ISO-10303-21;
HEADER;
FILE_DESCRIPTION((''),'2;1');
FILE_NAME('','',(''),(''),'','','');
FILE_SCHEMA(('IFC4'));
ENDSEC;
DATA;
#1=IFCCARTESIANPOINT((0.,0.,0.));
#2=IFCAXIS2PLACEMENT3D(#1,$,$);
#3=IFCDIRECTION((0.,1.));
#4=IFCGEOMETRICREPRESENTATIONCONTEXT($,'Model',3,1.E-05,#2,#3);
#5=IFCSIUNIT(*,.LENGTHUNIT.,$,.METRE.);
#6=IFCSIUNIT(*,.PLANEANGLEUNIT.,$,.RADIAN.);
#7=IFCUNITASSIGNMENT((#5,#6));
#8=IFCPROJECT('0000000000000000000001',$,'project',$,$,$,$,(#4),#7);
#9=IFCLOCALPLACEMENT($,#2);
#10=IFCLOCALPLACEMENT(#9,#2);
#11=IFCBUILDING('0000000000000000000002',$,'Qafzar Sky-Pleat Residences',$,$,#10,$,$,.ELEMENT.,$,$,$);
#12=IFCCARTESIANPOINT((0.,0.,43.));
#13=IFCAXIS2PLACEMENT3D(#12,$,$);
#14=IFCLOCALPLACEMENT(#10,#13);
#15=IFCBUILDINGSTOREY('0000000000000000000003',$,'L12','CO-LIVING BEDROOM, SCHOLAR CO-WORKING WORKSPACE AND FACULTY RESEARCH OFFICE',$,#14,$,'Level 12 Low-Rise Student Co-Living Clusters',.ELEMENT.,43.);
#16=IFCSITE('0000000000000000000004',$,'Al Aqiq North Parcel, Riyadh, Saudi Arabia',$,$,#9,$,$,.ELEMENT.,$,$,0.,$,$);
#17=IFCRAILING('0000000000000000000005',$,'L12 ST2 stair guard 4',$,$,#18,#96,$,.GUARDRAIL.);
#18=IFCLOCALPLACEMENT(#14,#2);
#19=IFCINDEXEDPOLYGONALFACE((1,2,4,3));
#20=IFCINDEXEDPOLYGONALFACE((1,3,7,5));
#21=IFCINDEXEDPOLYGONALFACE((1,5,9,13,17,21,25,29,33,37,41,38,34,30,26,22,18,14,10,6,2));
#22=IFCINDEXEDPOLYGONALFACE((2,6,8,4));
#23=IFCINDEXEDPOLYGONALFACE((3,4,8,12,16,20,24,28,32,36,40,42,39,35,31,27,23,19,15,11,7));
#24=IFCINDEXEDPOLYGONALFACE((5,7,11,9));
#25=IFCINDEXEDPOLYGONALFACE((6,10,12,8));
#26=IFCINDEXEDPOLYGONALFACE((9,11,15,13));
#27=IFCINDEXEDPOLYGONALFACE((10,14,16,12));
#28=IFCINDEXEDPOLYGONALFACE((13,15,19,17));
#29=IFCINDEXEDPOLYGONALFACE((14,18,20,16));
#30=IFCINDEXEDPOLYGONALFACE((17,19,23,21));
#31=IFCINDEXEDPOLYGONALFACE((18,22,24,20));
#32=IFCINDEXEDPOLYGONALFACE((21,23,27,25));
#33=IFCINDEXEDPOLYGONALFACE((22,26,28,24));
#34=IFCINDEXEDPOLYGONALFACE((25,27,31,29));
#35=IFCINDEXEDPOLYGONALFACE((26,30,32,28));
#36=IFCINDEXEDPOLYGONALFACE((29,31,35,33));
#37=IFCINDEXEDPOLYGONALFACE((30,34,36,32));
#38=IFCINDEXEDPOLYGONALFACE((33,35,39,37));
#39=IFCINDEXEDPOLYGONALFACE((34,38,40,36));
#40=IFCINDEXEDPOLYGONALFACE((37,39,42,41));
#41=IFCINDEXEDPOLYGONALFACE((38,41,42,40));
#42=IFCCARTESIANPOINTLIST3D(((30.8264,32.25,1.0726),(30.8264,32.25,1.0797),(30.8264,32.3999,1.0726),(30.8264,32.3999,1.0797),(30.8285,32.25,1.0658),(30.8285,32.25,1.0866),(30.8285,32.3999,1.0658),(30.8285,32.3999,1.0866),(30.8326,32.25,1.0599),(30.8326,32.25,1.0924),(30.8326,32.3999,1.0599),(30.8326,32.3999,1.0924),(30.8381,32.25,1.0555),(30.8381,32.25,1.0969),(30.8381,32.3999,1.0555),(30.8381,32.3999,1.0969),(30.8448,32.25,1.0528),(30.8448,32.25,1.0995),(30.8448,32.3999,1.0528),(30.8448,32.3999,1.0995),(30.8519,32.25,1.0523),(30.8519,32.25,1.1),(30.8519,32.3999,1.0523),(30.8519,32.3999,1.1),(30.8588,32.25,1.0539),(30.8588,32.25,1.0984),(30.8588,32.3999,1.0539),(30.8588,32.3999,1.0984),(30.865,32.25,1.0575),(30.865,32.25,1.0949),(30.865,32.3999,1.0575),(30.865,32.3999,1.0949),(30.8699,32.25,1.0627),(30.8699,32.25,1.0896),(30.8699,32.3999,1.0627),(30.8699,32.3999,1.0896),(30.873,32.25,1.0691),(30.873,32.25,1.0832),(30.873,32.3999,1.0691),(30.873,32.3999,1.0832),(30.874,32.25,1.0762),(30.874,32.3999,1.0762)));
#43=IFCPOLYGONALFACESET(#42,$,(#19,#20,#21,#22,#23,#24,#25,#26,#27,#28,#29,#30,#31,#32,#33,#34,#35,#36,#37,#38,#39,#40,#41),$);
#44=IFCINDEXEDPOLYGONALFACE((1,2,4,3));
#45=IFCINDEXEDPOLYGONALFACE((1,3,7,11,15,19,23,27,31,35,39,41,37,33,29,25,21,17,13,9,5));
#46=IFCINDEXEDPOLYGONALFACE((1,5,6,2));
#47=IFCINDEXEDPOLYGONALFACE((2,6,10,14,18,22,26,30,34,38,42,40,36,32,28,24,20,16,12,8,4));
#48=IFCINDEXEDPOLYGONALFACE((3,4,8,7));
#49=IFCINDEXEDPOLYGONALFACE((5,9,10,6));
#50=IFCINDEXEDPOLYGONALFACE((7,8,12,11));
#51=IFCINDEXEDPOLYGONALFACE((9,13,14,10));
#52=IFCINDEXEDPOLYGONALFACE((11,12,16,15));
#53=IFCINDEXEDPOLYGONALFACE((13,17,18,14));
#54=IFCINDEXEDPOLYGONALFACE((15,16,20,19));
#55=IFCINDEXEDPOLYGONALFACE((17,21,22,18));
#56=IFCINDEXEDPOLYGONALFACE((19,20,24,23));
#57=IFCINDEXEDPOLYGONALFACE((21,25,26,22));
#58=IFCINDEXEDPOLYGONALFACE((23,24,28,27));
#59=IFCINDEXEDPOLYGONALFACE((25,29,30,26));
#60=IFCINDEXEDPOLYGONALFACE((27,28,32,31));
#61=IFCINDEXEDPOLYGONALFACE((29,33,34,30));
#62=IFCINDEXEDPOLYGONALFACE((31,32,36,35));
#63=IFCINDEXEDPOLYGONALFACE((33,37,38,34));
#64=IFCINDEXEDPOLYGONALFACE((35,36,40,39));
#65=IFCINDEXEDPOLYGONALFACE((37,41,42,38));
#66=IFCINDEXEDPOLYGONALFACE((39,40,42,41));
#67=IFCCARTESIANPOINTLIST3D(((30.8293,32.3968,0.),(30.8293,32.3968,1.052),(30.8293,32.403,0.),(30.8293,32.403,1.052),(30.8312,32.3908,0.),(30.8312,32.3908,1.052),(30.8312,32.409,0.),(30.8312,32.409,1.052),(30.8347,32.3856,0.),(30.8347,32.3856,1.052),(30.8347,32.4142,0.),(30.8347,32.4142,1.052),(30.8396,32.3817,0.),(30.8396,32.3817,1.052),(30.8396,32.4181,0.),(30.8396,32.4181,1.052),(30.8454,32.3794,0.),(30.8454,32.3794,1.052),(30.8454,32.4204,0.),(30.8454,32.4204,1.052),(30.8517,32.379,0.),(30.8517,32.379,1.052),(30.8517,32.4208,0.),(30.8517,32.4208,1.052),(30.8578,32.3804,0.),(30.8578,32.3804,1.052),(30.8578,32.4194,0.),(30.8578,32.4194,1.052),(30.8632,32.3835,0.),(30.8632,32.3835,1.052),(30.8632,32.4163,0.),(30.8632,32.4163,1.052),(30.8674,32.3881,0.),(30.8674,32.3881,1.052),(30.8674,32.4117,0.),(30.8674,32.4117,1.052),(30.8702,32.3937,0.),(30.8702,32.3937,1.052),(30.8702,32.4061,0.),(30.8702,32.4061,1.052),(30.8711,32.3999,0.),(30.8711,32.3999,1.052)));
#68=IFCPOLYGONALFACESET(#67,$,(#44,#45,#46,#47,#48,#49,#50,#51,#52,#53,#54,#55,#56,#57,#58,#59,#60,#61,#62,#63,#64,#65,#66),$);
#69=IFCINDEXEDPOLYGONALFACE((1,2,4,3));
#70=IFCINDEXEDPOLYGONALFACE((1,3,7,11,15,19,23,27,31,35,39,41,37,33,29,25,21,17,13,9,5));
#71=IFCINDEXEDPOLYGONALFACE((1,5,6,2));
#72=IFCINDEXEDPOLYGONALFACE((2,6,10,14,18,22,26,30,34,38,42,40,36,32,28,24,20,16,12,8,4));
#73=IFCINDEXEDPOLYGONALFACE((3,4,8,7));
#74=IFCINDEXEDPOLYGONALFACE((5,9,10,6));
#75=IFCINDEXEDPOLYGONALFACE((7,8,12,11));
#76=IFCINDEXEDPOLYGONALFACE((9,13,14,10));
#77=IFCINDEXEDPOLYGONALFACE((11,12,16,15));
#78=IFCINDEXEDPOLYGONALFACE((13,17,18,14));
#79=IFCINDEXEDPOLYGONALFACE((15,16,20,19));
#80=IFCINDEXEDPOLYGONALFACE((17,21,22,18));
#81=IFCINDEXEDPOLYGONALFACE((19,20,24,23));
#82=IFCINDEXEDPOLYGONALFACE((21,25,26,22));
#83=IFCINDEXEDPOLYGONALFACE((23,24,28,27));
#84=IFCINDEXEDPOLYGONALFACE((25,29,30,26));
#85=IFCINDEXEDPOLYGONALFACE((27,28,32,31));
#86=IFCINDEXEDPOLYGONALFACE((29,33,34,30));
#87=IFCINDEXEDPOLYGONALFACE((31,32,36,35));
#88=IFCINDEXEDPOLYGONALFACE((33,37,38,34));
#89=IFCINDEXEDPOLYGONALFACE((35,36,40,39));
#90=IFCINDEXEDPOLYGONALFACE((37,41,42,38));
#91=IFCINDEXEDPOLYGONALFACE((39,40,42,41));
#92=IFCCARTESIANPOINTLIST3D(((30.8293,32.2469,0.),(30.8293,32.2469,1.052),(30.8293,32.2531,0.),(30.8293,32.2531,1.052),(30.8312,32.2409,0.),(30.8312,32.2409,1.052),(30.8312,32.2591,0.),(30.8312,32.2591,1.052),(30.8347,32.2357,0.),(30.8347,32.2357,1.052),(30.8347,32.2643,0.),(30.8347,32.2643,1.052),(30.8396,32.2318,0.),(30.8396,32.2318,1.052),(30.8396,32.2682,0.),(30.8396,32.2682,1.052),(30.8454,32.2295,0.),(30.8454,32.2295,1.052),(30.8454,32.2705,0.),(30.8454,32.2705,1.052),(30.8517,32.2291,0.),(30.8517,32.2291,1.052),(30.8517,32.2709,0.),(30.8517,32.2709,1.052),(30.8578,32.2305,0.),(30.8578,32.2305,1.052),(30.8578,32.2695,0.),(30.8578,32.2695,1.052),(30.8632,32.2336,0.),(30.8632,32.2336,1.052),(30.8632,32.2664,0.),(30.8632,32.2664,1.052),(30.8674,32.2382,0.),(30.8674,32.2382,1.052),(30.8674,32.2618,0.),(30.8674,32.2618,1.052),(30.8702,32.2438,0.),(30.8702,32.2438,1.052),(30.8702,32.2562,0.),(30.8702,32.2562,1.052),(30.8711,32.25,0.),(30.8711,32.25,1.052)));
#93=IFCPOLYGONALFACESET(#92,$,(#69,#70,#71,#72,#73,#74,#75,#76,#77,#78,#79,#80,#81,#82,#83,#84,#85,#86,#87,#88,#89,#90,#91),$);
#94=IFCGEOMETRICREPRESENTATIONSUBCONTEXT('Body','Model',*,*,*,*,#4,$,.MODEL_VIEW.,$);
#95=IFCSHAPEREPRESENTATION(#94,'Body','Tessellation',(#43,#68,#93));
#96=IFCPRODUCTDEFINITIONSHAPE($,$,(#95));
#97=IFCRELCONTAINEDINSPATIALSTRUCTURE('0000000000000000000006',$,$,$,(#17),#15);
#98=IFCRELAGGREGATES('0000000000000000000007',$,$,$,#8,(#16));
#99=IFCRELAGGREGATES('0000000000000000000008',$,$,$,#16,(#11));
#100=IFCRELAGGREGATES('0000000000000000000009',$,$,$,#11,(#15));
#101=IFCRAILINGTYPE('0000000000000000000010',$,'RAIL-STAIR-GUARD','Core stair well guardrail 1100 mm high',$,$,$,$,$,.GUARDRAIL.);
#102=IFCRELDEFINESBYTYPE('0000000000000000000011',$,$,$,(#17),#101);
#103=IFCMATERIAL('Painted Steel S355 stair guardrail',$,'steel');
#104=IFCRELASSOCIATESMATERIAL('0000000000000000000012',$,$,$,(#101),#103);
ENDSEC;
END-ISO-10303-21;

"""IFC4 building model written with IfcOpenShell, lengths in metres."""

from ifc_helpers import new_model, si_unit, direction, frame, origin, origin_2d, place, context, subcontext, project, spatial, circle, extrude, source, transform, mapped, material, type_object, element, save


model = new_model("IFC4")

# Units and contexts
model_context = context("Model", 3, precision=1e-05, world=origin(), true_north=direction((0.0, 1.0)))
body_context = subcontext(model_context, "Body", "Model", "MODEL_VIEW")
ifc_project = project(units=[si_unit("LENGTHUNIT", "METRE"), si_unit("PLANEANGLEUNIT", "RADIAN")], contexts=[model_context])

# Site, building, storey
site_placement = place(None, origin())
site = spatial("IfcSite", under=ifc_project, at=site_placement, Name="Al Aqiq North Parcel, Riyadh, Saudi Arabia", CompositionType="ELEMENT", RefElevation=0.0)
building_placement = place(site_placement, origin())
building = spatial("IfcBuilding", under=site, at=building_placement, Name="Qafzar Sky-Pleat Residences", CompositionType="ELEMENT")
storey_placement = place(building_placement, frame((0.0, 0.0, 43.0)))
storey = spatial("IfcBuildingStorey", under=building, at=storey_placement, Name="L12", Description="CO-LIVING BEDROOM, SCHOLAR CO-WORKING WORKSPACE AND FACULTY RESEARCH OFFICE", LongName="Level 12 Low-Rise Student Co-Living Clusters", CompositionType="ELEMENT", Elevation=43.0)

# Railing
ifc_material_1 = material(Name="Painted Steel S355 stair guardrail", Category="steel")
railing_type_1 = type_object("IfcRailingType", Name="RAIL-STAIR-GUARD", Description="Core stair well guardrail 1100 mm high", PredefinedType="GUARDRAIL", material=ifc_material_1)
shared_shape_1 = source(origin(), body_context, "Body", "SweptSolid", [
    extrude(circle(Radius=0.0239, at=origin_2d()), frame((0.0, 0.0, 1.0762), z_axis=(0.0, -1.0, 0.0), x_axis=(1.0, 0.0, 0.0)), (0.0, 0.0, 1.0), 0.1499),
    extrude(circle(Radius=0.021, at=origin_2d()), origin(), (0.0, 0.0, 1.0), 1.052),
    extrude(circle(Radius=0.021, at=origin_2d()), frame((0.0, -0.1499, 0.0)), (0.0, 0.0, 1.0), 1.052),
])
railing_1_placement = place(storey_placement, frame((30.8501, 32.3999, 0.0)))
element("IfcRailing", 1, at=railing_1_placement, inside=storey, type_object=railing_type_1, Name="L12 ST2 stair guard 4", PredefinedType="GUARDRAIL", context=body_context, shape_type="MappedRepresentation", body=[
    mapped(shared_shape_1, transform((0.0, 0.0, 0.0), x_axis=(1.0, 0.0, 0.0), y_axis=(0.0, 1.0, 0.0), z_axis=(0.0, 0.0, 1.0), scale=1.0)),
])

save(model, "model.ifc")
